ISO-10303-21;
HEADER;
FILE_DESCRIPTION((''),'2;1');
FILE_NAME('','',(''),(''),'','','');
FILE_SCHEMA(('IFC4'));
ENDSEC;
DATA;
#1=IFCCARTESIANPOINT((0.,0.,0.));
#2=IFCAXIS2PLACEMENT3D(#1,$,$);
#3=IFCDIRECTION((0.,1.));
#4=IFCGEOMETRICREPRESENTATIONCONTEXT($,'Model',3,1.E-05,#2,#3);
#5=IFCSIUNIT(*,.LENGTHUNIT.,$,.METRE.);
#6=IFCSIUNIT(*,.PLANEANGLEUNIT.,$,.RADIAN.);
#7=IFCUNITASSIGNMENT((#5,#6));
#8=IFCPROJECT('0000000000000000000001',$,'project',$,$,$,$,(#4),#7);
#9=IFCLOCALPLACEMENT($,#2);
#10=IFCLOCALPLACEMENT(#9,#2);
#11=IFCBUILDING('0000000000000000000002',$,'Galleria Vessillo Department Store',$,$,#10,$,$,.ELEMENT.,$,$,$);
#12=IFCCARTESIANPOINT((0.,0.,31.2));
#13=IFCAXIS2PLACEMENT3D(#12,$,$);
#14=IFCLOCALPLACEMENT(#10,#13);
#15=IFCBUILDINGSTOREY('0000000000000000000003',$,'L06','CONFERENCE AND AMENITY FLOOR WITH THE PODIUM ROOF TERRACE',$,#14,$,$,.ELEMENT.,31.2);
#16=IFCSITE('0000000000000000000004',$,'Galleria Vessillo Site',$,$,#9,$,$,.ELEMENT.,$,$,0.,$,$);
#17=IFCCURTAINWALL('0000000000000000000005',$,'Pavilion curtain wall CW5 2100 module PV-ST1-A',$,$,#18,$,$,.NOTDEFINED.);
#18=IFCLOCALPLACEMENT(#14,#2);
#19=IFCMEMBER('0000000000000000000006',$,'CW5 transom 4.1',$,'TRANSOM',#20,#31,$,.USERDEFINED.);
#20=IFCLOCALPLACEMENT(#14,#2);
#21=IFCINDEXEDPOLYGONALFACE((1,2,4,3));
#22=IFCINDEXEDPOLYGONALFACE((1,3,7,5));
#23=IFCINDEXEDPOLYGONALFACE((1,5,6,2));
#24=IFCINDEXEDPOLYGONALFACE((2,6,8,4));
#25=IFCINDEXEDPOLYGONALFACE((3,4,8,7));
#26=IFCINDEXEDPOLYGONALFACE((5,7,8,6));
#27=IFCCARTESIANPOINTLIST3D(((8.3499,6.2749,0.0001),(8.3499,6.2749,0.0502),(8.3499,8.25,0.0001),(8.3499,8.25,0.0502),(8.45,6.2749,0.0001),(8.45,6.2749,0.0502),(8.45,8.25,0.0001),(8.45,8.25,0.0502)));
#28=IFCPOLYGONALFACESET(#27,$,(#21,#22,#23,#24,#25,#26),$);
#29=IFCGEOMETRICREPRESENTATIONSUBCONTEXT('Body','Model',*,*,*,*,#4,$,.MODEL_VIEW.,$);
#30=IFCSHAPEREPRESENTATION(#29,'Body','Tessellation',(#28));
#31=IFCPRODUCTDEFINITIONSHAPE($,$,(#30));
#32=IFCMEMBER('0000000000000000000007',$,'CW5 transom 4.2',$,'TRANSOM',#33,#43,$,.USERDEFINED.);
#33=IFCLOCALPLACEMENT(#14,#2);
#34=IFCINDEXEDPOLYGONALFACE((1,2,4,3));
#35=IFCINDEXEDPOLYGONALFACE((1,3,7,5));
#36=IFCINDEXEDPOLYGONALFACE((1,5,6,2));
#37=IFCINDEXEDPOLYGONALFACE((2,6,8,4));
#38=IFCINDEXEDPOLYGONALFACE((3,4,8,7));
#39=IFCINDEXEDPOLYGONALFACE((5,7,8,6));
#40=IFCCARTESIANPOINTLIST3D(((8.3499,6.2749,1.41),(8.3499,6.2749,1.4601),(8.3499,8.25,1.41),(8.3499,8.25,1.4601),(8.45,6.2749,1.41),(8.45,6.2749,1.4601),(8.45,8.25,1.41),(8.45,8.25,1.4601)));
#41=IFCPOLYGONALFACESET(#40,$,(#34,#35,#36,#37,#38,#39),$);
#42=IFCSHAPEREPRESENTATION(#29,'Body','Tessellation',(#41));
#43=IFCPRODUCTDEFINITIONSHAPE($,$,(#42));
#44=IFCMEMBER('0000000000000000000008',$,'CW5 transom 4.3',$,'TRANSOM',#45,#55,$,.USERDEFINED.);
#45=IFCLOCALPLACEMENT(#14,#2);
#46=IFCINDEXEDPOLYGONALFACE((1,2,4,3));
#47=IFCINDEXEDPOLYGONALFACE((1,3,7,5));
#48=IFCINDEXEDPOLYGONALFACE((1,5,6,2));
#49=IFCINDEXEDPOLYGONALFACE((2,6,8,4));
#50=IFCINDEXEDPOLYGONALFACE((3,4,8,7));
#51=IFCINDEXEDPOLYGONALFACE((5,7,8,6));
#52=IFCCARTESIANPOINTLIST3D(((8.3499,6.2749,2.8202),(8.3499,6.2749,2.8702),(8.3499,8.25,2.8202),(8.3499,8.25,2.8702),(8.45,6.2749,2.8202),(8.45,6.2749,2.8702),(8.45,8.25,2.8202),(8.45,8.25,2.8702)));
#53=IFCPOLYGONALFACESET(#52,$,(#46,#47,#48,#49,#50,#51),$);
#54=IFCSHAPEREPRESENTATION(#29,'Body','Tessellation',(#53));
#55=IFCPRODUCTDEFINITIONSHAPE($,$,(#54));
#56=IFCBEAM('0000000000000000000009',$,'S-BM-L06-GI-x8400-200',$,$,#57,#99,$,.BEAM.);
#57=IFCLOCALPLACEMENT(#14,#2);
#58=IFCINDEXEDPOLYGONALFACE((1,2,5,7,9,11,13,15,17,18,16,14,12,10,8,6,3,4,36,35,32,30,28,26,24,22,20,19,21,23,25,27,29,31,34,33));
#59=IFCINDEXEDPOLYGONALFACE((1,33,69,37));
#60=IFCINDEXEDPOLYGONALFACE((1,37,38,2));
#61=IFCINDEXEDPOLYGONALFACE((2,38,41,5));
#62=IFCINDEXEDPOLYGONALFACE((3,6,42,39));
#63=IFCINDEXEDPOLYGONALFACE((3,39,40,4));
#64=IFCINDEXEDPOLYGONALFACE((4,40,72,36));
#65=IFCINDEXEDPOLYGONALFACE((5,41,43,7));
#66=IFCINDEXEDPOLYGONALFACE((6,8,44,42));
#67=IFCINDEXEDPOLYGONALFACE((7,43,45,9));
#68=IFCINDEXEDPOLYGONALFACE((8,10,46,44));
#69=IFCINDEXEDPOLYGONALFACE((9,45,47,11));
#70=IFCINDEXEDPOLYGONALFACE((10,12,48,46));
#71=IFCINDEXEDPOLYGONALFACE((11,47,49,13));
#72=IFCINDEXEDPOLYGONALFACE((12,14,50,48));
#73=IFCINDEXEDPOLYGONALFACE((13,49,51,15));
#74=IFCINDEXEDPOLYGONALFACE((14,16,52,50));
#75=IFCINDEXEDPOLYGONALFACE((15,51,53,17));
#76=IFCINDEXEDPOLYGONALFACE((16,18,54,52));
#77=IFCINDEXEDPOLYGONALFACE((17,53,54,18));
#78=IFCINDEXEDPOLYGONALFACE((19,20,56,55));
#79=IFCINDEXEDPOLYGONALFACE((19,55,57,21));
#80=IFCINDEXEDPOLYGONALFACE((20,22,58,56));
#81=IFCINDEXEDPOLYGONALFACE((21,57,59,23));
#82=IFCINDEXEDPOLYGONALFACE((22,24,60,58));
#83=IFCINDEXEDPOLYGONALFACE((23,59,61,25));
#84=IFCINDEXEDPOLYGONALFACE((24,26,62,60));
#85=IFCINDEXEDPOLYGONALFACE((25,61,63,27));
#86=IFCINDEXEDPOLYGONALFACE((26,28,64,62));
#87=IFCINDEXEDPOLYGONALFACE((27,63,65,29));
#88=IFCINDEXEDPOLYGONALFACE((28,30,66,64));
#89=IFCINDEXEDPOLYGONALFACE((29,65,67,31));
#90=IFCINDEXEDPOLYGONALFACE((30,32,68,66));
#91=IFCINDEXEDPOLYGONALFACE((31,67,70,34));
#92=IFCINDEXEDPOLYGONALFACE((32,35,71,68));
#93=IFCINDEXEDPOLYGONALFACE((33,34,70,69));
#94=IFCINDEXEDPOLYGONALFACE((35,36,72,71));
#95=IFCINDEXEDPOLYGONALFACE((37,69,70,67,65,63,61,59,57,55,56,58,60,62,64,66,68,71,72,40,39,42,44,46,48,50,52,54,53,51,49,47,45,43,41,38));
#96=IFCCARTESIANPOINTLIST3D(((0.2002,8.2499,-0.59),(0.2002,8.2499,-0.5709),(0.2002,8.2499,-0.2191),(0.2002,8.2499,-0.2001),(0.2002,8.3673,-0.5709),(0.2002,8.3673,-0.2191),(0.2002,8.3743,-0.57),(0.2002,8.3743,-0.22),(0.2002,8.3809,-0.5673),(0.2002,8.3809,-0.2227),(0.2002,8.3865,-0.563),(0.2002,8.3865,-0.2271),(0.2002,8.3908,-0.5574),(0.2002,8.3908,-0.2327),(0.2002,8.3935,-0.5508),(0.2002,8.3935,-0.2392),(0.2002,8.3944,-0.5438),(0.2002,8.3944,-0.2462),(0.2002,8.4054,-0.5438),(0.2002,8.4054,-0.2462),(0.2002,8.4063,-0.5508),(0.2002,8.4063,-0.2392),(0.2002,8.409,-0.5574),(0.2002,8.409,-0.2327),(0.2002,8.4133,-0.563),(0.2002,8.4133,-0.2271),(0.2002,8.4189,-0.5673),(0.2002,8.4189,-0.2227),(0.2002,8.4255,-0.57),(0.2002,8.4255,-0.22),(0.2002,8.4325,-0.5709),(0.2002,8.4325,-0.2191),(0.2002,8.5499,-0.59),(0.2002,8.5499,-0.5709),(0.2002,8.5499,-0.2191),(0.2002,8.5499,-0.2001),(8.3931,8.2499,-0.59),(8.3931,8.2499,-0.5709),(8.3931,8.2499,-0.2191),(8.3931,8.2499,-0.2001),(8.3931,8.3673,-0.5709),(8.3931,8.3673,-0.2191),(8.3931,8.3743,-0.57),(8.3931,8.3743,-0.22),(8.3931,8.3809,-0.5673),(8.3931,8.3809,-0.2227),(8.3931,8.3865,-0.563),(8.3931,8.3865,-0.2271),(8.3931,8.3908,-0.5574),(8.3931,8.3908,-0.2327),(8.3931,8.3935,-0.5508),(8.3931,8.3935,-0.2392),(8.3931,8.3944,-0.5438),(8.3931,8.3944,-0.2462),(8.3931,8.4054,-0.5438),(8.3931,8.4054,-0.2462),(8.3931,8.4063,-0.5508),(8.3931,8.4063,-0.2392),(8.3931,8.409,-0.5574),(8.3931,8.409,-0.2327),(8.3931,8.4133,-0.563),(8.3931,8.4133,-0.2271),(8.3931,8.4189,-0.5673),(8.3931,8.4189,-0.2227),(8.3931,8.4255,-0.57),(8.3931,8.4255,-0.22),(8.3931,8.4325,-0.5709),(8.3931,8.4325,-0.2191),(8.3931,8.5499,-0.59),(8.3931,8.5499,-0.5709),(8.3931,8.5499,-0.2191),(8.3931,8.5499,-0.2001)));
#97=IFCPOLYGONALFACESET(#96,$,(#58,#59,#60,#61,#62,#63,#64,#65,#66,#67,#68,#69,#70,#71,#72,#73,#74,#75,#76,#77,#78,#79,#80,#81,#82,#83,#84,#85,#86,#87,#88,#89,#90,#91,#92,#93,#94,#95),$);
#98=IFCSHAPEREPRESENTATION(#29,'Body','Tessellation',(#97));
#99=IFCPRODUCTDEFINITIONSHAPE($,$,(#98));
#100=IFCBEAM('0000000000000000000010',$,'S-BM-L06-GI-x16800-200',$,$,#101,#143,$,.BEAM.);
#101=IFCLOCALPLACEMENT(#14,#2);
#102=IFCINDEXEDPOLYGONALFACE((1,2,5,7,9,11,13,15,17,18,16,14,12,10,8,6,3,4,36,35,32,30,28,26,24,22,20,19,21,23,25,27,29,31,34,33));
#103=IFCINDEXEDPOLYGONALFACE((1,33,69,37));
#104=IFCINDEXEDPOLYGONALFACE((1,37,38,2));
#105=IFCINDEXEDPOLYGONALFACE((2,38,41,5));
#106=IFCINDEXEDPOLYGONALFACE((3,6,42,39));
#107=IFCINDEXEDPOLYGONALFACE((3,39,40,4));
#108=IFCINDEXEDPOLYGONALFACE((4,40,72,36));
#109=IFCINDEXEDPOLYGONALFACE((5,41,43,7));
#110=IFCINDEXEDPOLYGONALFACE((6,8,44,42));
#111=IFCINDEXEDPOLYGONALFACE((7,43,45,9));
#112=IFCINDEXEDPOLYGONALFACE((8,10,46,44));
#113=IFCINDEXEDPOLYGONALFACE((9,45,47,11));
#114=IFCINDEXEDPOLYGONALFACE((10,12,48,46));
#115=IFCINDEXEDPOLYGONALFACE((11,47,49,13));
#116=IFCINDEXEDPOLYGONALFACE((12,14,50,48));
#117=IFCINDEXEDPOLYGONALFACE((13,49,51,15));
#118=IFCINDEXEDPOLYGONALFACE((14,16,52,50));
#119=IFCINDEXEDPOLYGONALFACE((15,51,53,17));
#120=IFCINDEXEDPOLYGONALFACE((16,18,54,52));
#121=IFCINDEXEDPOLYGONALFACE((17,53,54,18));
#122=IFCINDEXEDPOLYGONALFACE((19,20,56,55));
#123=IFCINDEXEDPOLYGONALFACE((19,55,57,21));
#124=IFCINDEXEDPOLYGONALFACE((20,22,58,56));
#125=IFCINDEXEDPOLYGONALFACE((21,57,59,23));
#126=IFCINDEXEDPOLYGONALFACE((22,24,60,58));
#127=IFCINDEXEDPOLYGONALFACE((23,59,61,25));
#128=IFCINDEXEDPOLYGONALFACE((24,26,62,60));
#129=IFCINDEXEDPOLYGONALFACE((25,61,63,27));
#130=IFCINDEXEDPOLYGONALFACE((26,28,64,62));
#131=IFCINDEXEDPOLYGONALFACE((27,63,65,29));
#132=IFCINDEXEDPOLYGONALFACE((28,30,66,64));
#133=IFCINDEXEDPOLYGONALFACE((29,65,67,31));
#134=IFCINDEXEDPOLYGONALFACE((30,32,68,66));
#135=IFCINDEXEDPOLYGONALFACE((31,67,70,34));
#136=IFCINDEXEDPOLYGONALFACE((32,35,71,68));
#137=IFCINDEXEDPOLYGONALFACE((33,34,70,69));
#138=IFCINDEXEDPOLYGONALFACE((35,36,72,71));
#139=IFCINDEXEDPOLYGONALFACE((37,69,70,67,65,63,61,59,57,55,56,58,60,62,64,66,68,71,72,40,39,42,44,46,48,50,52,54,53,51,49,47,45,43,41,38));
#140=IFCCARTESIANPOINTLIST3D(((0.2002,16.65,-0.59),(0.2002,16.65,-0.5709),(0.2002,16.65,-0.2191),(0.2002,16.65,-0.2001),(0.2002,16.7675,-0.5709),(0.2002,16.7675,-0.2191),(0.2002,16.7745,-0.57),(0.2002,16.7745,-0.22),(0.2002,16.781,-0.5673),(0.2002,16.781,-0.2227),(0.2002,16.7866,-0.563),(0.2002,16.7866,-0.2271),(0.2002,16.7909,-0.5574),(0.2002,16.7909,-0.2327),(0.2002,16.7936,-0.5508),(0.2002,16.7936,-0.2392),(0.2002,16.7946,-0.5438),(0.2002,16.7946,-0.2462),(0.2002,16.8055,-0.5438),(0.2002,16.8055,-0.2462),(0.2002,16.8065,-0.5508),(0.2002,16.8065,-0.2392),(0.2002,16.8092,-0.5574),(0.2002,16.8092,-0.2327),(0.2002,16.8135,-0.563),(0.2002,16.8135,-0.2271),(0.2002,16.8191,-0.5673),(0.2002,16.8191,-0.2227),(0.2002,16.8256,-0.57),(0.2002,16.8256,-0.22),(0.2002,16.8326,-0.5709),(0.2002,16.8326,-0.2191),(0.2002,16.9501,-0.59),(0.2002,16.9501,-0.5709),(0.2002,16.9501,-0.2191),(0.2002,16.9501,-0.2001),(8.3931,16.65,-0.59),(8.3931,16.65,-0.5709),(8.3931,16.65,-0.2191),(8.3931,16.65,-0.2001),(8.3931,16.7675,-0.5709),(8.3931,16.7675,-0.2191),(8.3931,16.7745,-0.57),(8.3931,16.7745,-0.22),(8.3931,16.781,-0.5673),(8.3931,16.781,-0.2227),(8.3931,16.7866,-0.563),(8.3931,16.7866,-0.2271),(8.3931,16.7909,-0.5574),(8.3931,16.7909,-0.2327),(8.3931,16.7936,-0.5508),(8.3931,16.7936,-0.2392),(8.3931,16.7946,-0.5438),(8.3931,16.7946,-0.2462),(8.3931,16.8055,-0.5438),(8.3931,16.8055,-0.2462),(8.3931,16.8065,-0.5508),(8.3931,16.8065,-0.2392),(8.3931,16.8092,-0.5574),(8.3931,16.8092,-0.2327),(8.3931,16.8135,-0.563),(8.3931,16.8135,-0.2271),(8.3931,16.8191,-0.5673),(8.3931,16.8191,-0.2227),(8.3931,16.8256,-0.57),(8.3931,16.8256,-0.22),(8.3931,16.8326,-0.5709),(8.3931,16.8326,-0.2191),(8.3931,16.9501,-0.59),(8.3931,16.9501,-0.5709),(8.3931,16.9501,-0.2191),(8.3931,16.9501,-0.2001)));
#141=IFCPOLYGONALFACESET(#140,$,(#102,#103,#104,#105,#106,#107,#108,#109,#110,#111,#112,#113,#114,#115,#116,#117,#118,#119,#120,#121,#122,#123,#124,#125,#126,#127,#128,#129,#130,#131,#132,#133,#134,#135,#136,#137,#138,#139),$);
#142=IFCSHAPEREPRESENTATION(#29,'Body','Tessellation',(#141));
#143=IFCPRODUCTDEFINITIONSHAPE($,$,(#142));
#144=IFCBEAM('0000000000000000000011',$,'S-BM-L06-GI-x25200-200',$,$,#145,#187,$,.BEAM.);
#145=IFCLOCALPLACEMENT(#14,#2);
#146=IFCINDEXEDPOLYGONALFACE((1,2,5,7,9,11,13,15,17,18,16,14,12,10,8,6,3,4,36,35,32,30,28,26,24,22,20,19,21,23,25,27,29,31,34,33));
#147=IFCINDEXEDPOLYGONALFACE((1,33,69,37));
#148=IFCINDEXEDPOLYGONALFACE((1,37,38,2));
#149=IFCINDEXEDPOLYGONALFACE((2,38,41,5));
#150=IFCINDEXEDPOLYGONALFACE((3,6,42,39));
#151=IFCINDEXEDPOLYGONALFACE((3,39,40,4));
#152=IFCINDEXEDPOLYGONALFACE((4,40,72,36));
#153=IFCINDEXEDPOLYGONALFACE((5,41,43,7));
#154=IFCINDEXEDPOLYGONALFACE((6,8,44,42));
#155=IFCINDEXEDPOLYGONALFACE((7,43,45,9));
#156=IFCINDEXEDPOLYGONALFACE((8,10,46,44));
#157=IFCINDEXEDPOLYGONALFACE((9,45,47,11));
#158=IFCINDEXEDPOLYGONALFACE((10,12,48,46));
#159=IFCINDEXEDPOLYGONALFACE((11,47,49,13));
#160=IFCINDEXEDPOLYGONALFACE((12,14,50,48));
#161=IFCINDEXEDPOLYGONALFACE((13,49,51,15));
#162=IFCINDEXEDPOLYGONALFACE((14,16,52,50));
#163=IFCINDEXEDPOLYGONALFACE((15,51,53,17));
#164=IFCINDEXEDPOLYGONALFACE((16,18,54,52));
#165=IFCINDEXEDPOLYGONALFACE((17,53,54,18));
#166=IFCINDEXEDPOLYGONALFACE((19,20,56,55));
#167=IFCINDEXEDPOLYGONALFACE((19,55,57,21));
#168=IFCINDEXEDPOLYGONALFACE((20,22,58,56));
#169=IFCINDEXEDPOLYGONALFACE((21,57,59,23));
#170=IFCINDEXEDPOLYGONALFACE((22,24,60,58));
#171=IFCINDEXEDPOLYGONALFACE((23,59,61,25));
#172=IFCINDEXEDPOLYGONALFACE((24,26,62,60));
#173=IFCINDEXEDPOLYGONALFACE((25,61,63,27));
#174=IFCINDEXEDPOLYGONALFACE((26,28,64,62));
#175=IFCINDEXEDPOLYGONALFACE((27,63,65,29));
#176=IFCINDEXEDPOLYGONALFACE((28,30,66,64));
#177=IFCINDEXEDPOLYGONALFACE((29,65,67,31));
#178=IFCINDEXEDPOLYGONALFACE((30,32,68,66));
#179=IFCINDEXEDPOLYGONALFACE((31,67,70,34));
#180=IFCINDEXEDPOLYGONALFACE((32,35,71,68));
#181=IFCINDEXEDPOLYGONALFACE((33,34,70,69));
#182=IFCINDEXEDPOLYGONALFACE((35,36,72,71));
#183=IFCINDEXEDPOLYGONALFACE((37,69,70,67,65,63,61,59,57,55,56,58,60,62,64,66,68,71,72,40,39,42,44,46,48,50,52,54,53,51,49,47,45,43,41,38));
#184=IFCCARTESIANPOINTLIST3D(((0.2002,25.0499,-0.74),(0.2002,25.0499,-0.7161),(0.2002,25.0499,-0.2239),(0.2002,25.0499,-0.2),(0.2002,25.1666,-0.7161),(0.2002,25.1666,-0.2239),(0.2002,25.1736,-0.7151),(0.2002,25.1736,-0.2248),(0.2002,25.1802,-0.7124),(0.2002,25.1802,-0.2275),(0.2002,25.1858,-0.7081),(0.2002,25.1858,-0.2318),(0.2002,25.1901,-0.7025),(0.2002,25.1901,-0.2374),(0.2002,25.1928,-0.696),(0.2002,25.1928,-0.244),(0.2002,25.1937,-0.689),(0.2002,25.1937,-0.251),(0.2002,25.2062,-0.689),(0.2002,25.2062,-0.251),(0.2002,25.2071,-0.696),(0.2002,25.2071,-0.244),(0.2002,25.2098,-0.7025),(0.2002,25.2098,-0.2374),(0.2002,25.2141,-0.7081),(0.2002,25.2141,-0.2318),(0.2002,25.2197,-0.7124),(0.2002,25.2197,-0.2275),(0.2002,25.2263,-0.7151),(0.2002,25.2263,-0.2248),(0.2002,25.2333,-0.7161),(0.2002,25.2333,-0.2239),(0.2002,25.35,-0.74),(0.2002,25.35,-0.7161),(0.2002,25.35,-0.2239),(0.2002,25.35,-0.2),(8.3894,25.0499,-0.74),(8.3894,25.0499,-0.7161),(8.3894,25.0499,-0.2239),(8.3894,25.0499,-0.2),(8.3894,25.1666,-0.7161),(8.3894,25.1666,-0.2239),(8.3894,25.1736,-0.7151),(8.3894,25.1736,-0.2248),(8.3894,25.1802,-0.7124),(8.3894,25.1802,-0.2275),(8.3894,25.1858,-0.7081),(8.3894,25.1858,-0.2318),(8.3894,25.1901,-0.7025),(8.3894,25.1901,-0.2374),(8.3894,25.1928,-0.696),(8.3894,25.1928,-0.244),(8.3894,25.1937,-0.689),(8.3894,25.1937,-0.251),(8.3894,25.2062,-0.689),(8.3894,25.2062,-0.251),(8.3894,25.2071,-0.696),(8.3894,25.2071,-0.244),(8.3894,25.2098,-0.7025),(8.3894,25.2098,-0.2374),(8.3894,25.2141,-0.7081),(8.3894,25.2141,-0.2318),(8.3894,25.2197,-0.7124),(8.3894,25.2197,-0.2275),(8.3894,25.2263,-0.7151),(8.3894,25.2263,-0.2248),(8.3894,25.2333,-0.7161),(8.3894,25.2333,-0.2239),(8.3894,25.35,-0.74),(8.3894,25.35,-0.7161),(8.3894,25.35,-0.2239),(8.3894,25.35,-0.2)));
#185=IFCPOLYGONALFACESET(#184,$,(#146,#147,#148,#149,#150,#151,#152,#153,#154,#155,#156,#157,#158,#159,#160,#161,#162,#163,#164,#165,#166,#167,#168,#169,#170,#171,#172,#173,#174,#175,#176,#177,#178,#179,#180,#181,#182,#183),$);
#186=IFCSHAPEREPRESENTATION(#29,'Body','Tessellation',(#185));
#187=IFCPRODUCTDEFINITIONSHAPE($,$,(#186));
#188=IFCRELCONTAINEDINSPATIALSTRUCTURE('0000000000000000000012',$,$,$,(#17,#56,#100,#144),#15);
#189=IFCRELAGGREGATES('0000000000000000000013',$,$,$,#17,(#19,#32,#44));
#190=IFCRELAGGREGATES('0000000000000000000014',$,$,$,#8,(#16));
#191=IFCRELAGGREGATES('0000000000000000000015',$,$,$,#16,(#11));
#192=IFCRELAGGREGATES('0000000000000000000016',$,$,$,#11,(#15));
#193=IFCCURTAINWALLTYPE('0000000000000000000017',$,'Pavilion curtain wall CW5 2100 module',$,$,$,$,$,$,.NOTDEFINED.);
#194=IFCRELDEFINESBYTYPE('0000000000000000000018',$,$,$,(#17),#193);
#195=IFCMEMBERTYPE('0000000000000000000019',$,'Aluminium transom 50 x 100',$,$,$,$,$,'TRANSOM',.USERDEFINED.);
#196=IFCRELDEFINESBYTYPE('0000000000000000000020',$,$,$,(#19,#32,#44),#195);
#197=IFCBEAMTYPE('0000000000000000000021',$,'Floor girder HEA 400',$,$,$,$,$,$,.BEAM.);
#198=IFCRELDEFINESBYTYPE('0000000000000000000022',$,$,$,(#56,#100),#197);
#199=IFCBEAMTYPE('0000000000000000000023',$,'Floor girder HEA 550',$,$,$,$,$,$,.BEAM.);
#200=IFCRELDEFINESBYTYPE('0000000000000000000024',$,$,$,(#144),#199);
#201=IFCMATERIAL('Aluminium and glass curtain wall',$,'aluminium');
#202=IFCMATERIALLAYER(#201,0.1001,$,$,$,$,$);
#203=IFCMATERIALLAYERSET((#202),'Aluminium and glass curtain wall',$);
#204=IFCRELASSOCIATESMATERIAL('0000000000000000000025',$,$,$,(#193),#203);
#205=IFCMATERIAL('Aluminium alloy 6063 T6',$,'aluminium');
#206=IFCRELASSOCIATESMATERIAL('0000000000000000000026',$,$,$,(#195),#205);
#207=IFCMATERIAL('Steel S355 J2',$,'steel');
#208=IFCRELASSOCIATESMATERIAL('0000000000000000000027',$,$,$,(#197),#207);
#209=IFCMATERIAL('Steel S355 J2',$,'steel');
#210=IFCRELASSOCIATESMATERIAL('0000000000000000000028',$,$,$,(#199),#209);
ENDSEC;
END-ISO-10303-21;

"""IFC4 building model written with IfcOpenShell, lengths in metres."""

from ifc_helpers import new_model, si_unit, direction, frame, origin, origin_2d, place, context, subcontext, project, spatial, rectangle, i_section, extrude, material, layer, layer_set, material_profile, profile_set, type_object, element, aggregate, save


model = new_model("IFC4")

# Units and contexts
model_context = context("Model", 3, precision=1e-05, world=origin(), true_north=direction((0.0, 1.0)))
body_context = subcontext(model_context, "Body", "Model", "MODEL_VIEW")
ifc_project = project(units=[si_unit("LENGTHUNIT", "METRE"), si_unit("PLANEANGLEUNIT", "RADIAN")], contexts=[model_context])

# Site, building, storey
site_placement = place(None, origin())
site = spatial("IfcSite", under=ifc_project, at=site_placement, Name="Galleria Vessillo Site", CompositionType="ELEMENT", RefElevation=0.0)
building_placement = place(site_placement, origin())
building = spatial("IfcBuilding", under=site, at=building_placement, Name="Galleria Vessillo Department Store", CompositionType="ELEMENT")
storey_placement = place(building_placement, frame((0.0, 0.0, 31.2)))
storey = spatial("IfcBuildingStorey", under=building, at=storey_placement, Name="L06", Description="CONFERENCE AND AMENITY FLOOR WITH THE PODIUM ROOF TERRACE", CompositionType="ELEMENT", Elevation=31.2)

# Curtain wall, members
ifc_material_1 = material(Name="Aluminium and glass curtain wall", Category="aluminium")
ifc_layer_1 = layer(ifc_material_1, 0.1001)
ifc_layer_set_1 = layer_set([ifc_layer_1], Name="Aluminium and glass curtain wall")
curtain_wall_type = type_object("IfcCurtainWallType", Name="Pavilion curtain wall CW5 2100 module", PredefinedType="NOTDEFINED", material=ifc_layer_set_1)
curtain_wall_placement = place(storey_placement, origin())
curtain_wall = element("IfcCurtainWall", 1, at=curtain_wall_placement, inside=storey, type_object=curtain_wall_type, Name="Pavilion curtain wall CW5 2100 module PV-ST1-A", PredefinedType="NOTDEFINED")
ifc_material_2 = material(Name="Aluminium alloy 6063 T6", Category="aluminium")
ifc_material_profile_1 = material_profile(ifc_material_2, rectangle(XDim=0.1001, YDim=0.05, at=origin_2d()), Name="AL 50x100")
ifc_profile_set_1 = profile_set([ifc_material_profile_1], Name="Aluminium alloy 6063 T6")
member_type = type_object("IfcMemberType", Name="Aluminium transom 50 x 100", ElementType="TRANSOM", PredefinedType="USERDEFINED", material=ifc_profile_set_1)
member_1_placement = place(storey_placement, frame((8.3999, 6.2749, 0.0251), z_axis=(0.0, 1.0, 0.0), x_axis=(-1.0, 0.0, 0.0)))
member_1 = element("IfcMember", 2, at=member_1_placement, type_object=member_type, Name="CW5 transom 4.1", ObjectType="TRANSOM", PredefinedType="USERDEFINED", context=body_context, shape_type="SweptSolid", body=[
    extrude(rectangle(XDim=0.1001, YDim=0.05, at=origin_2d()), origin(), (0.0, 0.0, 1.0), 1.9751),
])
member_2_placement = place(storey_placement, frame((8.3999, 6.2749, 1.4351), z_axis=(0.0, 1.0, 0.0), x_axis=(-1.0, 0.0, 0.0)))
member_2 = element("IfcMember", 3, at=member_2_placement, type_object=member_type, Name="CW5 transom 4.2", ObjectType="TRANSOM", PredefinedType="USERDEFINED", context=body_context, shape_type="SweptSolid", body=[
    extrude(rectangle(XDim=0.1001, YDim=0.05, at=origin_2d()), origin(), (0.0, 0.0, 1.0), 1.9751),
])
member_3_placement = place(storey_placement, frame((8.3999, 6.2749, 2.8452), z_axis=(0.0, 1.0, 0.0), x_axis=(-1.0, 0.0, 0.0)))
member_3 = element("IfcMember", 4, at=member_3_placement, type_object=member_type, Name="CW5 transom 4.3", ObjectType="TRANSOM", PredefinedType="USERDEFINED", context=body_context, shape_type="SweptSolid", body=[
    extrude(rectangle(XDim=0.1001, YDim=0.05, at=origin_2d()), origin(), (0.0, 0.0, 1.0), 1.9751),
])
aggregate(curtain_wall, [member_1, member_2, member_3])

# Beams
ifc_material_3 = material(Name="Steel S355 J2", Category="steel")
ifc_material_profile_2 = material_profile(ifc_material_3, i_section(OverallWidth=0.3, OverallDepth=0.3899, WebThickness=0.011, FlangeThickness=0.019, FilletRadius=0.0271, at=origin_2d()), Name="HEA 400")
ifc_profile_set_2 = profile_set([ifc_material_profile_2], Name="Steel S355 J2")
beam_type_1 = type_object("IfcBeamType", Name="Floor girder HEA 400", PredefinedType="BEAM", material=ifc_profile_set_2)
for number, where, z_axis, x_axis, name in (
    (5, (0.2002, 8.3999, -0.395), (1.0, 0.0, 0.0), (0.0, 1.0, 0.0), "S-BM-L06-GI-x8400-200"),
    (6, (0.2002, 16.8, -0.395), (1.0, 0.0, 0.0), (0.0, 1.0, 0.0), "S-BM-L06-GI-x16800-200"),
):
    element("IfcBeam", number, at=place(storey_placement, frame(where, z_axis=z_axis, x_axis=x_axis)), inside=storey, type_object=beam_type_1, Name=name, PredefinedType="BEAM", context=body_context, shape_type="SweptSolid", body=[
        extrude(i_section(OverallWidth=0.3, OverallDepth=0.3899, WebThickness=0.011, FlangeThickness=0.019, FilletRadius=0.0271, at=origin_2d()), origin(), (0.0, 0.0, 1.0), 8.1929),
    ])
ifc_material_4 = material(Name="Steel S355 J2", Category="steel")
ifc_material_profile_3 = material_profile(ifc_material_4, i_section(OverallWidth=0.3, OverallDepth=0.54, WebThickness=0.0125, FlangeThickness=0.0239, FilletRadius=0.0271, at=origin_2d()), Name="HEA 550")
ifc_profile_set_3 = profile_set([ifc_material_profile_3], Name="Steel S355 J2")
beam_type_2 = type_object("IfcBeamType", Name="Floor girder HEA 550", PredefinedType="BEAM", material=ifc_profile_set_3)
beam_placement = place(storey_placement, frame((0.2002, 25.2, -0.47), z_axis=(1.0, 0.0, 0.0), x_axis=(0.0, 1.0, 0.0)))
element("IfcBeam", 7, at=beam_placement, inside=storey, type_object=beam_type_2, Name="S-BM-L06-GI-x25200-200", PredefinedType="BEAM", context=body_context, shape_type="SweptSolid", body=[
    extrude(i_section(OverallWidth=0.3, OverallDepth=0.54, WebThickness=0.0125, FlangeThickness=0.0239, FilletRadius=0.0271, at=origin_2d()), origin(), (0.0, 0.0, 1.0), 8.1892),
])

save(model, "model.ifc")
